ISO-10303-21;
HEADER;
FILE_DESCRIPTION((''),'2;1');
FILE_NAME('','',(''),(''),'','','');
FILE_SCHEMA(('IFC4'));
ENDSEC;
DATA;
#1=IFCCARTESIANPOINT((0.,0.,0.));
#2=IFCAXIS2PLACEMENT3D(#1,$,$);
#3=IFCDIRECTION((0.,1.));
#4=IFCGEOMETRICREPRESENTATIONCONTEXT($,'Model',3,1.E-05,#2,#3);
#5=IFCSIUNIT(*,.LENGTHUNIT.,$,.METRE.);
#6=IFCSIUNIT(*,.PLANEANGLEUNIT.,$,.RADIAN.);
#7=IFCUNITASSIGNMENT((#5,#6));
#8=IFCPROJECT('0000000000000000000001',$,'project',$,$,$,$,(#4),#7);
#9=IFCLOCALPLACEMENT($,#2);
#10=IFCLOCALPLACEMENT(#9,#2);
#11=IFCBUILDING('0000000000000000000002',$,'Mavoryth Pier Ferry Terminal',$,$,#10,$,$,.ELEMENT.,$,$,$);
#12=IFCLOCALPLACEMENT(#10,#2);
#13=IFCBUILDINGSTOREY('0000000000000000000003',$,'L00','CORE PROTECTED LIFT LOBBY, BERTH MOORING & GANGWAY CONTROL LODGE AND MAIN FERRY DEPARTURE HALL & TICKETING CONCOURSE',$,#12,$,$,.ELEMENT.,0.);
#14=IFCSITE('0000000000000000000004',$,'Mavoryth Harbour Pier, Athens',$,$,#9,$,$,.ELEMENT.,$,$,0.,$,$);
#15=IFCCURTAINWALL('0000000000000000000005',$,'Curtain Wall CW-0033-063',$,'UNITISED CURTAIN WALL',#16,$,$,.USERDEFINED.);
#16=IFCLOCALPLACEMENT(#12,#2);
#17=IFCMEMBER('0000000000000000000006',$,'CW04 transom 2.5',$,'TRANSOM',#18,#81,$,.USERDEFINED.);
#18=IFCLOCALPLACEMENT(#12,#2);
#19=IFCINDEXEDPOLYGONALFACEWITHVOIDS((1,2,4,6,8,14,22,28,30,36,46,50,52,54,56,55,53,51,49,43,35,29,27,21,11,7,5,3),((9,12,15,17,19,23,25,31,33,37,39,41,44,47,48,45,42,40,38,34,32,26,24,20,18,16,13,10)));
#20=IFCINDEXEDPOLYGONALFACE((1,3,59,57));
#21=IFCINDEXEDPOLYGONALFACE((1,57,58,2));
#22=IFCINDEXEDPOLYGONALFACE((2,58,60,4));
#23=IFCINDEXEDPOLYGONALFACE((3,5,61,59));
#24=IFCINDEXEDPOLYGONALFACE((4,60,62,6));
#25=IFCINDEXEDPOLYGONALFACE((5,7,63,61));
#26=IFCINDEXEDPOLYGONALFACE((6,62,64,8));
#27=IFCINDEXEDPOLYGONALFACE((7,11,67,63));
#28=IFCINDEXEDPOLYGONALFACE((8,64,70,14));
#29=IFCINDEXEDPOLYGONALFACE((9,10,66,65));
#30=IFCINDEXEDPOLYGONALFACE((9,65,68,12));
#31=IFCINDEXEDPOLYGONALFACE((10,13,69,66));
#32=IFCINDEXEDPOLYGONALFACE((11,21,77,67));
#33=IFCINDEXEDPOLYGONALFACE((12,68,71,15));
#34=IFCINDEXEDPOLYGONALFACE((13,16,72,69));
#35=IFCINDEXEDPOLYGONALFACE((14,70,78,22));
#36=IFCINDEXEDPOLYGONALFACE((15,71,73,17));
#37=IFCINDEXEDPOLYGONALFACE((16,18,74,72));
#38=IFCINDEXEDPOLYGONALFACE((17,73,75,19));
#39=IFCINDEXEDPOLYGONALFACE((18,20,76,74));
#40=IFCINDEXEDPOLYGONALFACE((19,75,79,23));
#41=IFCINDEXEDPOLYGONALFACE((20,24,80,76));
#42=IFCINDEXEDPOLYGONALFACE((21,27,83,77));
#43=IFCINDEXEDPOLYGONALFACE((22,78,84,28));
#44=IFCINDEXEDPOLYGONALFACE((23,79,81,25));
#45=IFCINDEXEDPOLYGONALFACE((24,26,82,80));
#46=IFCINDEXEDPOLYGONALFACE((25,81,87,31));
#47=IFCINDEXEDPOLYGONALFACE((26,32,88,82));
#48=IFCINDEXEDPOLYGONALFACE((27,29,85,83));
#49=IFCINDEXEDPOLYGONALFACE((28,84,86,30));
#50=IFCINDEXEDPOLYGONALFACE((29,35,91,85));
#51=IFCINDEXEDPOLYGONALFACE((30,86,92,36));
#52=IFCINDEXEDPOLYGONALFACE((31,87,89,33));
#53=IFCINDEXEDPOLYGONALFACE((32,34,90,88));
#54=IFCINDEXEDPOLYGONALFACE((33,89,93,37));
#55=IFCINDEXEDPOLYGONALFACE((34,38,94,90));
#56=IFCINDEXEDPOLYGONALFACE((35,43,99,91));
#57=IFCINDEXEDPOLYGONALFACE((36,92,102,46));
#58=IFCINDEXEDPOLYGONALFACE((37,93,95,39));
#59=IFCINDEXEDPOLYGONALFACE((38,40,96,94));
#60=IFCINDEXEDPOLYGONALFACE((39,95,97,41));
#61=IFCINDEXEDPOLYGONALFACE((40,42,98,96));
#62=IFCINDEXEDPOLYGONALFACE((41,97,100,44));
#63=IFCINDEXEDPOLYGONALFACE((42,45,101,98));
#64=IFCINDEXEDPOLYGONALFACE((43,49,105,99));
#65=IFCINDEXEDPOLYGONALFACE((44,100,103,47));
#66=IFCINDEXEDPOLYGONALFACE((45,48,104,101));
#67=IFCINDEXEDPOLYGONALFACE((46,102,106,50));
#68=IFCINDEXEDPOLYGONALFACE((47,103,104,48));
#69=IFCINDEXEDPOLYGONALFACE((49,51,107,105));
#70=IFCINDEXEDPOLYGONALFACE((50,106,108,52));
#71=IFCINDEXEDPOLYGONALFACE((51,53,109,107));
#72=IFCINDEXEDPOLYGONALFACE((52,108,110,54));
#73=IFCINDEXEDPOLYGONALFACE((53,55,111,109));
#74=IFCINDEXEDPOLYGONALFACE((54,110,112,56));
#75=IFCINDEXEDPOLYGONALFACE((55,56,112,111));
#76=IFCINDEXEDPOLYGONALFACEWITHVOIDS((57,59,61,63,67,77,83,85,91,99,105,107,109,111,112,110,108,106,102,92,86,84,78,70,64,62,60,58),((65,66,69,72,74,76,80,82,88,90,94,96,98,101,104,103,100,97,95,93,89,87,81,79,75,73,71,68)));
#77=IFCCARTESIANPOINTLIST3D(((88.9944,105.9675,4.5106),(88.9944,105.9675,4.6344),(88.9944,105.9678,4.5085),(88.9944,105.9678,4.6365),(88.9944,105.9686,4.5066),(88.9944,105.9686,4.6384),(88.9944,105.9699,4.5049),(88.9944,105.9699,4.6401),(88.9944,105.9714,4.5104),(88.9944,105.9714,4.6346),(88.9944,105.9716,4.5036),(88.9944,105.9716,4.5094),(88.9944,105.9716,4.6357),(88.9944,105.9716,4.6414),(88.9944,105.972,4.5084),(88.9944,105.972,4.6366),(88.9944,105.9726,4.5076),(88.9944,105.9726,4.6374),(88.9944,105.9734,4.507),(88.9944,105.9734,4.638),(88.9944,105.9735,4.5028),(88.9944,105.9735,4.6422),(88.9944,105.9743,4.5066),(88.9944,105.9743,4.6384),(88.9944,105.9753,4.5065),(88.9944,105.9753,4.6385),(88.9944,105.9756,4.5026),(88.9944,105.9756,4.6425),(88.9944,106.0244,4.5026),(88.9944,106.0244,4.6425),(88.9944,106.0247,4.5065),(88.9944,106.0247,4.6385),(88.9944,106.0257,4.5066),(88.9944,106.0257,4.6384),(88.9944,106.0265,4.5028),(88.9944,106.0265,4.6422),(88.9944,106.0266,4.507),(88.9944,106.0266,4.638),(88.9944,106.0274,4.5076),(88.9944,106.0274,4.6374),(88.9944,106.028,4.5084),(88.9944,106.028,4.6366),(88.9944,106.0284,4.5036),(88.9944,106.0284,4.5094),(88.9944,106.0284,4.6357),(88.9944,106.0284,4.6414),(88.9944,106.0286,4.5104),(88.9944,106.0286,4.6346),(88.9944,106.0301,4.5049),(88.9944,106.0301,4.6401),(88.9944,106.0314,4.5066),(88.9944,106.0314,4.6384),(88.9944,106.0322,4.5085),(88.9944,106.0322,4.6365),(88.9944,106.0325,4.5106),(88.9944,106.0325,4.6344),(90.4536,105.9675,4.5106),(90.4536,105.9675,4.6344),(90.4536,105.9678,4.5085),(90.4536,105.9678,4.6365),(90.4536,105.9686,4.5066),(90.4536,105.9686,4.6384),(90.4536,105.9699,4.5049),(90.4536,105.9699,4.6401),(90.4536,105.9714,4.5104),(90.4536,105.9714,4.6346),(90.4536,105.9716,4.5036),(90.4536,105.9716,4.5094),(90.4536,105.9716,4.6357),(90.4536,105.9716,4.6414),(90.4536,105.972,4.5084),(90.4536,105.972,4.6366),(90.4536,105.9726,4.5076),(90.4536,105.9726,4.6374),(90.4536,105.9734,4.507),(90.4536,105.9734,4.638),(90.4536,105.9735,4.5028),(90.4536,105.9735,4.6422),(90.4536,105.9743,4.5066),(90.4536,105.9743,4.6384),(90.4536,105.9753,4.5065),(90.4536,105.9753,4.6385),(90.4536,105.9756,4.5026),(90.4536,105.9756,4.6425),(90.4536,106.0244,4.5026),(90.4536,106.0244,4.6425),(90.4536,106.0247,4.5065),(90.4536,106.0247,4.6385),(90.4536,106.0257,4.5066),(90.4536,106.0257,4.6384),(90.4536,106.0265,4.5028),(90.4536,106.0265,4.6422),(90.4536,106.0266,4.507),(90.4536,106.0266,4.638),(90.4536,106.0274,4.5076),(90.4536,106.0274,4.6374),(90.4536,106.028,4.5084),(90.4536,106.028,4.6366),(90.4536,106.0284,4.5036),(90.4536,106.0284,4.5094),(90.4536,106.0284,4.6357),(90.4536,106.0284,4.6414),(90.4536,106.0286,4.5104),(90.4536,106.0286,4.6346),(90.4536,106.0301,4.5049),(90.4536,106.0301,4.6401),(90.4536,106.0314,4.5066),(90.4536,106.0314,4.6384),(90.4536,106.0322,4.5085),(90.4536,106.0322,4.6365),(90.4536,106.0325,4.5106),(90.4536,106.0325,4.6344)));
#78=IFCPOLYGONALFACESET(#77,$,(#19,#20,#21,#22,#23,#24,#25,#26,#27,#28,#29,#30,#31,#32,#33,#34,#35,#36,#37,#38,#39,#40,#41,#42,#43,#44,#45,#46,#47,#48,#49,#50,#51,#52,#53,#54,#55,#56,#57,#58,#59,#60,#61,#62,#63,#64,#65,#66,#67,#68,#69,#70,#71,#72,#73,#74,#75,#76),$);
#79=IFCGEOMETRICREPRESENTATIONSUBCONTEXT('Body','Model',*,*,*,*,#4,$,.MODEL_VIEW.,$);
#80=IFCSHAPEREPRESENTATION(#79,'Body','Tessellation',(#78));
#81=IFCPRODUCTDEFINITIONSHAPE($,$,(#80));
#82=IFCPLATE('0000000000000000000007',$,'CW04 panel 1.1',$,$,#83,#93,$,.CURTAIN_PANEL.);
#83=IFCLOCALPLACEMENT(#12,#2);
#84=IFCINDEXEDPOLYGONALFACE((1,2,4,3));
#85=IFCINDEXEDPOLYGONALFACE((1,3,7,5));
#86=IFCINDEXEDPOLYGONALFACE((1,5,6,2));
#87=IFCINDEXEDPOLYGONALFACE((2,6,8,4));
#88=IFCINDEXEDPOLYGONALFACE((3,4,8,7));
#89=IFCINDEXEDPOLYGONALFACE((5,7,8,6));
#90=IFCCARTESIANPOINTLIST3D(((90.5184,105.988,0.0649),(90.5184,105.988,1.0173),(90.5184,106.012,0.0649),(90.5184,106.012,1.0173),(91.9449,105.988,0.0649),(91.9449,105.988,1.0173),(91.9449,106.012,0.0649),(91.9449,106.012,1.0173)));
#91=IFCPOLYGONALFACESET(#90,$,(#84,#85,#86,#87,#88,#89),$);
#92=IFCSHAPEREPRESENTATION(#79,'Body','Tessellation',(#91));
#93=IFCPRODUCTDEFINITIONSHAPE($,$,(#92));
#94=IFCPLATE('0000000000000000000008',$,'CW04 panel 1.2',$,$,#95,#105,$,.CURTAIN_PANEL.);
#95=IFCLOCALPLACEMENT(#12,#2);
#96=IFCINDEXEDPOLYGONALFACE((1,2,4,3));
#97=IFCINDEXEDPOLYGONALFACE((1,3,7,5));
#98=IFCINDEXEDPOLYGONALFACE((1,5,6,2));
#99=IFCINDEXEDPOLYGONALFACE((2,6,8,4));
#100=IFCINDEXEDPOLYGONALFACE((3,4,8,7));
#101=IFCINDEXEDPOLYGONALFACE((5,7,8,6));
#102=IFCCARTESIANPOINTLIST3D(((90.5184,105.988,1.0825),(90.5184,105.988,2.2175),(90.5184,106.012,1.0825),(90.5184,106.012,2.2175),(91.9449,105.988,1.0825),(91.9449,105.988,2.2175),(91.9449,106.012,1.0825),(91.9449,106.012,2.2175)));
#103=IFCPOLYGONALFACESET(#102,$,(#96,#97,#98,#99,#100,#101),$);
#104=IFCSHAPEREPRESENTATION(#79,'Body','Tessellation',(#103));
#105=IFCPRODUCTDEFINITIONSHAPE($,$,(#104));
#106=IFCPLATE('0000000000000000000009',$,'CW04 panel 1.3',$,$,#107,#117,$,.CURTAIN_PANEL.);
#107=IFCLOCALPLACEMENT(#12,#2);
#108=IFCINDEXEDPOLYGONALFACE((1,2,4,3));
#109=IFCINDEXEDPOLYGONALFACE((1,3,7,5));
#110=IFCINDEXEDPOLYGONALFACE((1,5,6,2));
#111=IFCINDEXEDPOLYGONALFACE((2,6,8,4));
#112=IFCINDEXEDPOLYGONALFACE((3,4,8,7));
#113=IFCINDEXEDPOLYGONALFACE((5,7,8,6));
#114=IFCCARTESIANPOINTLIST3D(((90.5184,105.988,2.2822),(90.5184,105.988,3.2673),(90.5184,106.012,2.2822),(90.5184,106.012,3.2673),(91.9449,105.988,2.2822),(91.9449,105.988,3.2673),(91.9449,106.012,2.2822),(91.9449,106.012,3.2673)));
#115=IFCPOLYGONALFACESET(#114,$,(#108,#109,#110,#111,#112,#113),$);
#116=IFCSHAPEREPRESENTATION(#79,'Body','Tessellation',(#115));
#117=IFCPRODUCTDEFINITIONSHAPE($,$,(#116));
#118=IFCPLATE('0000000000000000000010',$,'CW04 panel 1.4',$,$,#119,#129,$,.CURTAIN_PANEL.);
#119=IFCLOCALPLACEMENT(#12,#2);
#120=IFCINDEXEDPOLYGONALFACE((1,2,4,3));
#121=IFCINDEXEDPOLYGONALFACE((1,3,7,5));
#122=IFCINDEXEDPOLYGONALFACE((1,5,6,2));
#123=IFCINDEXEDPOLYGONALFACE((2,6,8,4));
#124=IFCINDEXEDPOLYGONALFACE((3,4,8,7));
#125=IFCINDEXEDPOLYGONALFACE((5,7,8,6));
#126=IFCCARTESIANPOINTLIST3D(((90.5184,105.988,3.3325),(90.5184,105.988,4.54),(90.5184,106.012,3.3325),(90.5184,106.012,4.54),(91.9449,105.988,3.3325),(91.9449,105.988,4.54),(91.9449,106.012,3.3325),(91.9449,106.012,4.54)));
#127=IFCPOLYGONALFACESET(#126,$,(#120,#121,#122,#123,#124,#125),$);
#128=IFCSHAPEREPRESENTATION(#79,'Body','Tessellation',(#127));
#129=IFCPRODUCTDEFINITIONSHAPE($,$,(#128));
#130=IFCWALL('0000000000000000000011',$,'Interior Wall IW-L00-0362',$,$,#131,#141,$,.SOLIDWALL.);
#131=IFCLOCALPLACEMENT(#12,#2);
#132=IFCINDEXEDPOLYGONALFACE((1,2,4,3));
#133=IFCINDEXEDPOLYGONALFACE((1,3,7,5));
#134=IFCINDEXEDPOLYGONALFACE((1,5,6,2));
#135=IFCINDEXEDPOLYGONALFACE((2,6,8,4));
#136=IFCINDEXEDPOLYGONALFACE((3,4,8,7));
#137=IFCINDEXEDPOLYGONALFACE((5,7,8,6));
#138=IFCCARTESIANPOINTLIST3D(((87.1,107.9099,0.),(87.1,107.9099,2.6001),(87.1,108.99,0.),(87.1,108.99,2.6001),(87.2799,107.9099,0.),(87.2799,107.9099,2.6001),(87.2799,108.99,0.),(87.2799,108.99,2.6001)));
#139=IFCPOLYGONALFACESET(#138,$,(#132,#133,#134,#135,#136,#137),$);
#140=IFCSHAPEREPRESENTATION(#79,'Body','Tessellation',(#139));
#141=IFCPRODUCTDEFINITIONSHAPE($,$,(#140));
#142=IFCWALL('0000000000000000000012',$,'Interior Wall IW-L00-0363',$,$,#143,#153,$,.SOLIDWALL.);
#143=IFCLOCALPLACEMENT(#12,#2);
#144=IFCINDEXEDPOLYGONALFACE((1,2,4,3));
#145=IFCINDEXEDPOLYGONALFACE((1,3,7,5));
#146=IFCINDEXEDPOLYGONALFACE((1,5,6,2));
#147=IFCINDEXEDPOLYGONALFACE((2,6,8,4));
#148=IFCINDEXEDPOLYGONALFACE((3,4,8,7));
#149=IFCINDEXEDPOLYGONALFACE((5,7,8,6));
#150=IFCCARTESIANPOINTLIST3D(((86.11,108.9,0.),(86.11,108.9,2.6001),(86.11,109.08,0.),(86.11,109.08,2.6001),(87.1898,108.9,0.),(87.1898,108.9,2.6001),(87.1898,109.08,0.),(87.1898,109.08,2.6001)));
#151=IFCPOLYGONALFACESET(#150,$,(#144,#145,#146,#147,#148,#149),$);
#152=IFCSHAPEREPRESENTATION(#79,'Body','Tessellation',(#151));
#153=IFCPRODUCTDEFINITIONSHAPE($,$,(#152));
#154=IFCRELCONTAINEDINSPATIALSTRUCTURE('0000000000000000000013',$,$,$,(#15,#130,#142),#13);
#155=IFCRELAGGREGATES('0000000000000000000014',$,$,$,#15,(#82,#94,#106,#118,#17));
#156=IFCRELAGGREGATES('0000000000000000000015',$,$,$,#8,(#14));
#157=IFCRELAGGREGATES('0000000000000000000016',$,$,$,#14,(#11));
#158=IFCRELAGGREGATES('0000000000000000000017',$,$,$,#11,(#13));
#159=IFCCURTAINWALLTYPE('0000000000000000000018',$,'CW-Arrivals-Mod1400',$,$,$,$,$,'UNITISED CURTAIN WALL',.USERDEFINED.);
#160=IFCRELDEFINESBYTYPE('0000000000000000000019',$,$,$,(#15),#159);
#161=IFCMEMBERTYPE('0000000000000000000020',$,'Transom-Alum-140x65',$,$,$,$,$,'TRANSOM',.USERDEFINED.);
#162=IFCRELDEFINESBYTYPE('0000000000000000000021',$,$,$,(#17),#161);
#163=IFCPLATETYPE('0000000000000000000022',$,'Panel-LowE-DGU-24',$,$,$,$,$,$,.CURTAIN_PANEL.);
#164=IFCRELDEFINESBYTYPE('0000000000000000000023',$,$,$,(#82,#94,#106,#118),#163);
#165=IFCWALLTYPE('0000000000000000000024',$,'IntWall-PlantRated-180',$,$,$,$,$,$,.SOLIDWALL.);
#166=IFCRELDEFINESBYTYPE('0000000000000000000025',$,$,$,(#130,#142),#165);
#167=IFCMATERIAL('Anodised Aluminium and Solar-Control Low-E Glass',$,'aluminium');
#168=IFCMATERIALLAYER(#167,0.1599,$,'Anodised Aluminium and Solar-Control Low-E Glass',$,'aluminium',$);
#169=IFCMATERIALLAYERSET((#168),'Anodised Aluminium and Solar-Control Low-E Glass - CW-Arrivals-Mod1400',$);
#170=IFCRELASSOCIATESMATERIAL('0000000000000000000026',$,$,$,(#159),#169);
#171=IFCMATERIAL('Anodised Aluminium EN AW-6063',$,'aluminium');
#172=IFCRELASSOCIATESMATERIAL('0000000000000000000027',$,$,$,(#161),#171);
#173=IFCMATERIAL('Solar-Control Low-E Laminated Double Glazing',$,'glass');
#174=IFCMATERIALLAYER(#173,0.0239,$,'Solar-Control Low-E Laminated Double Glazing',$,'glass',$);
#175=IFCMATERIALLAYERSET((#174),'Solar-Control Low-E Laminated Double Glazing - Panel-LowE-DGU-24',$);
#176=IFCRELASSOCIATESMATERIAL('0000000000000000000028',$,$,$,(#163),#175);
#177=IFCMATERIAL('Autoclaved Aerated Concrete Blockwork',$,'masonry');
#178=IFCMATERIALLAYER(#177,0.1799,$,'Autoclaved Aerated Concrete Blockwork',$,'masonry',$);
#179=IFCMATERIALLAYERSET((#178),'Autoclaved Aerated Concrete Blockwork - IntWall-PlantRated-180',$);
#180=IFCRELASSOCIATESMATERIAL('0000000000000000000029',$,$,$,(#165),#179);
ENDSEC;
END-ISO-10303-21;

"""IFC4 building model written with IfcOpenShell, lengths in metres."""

from ifc_helpers import new_model, si_unit, direction, frame, frame_2d, origin, origin_2d, place, context, subcontext, project, spatial, rectangle, hollow_rectangle, extrude, material, layer, layer_set, material_profile, profile_set, type_object, element, aggregate, save


model = new_model("IFC4")

# Units and contexts
model_context = context("Model", 3, precision=1e-05, world=origin(), true_north=direction((0.0, 1.0)))
body_context = subcontext(model_context, "Body", "Model", "MODEL_VIEW")
ifc_project = project(units=[si_unit("LENGTHUNIT", "METRE"), si_unit("PLANEANGLEUNIT", "RADIAN")], contexts=[model_context])

# Site, building, storey
site_placement = place(None, origin())
site = spatial("IfcSite", under=ifc_project, at=site_placement, Name="Mavoryth Harbour Pier, Athens", CompositionType="ELEMENT", RefElevation=0.0)
building_placement = place(site_placement, origin())
building = spatial("IfcBuilding", under=site, at=building_placement, Name="Mavoryth Pier Ferry Terminal", CompositionType="ELEMENT")
storey_placement = place(building_placement, origin())
storey = spatial("IfcBuildingStorey", under=building, at=storey_placement, Name="L00", Description="CORE PROTECTED LIFT LOBBY, BERTH MOORING & GANGWAY CONTROL LODGE AND MAIN FERRY DEPARTURE HALL & TICKETING CONCOURSE", CompositionType="ELEMENT", Elevation=0.0)

# Curtain wall, member, plates
ifc_material_1 = material(Name="Anodised Aluminium and Solar-Control Low-E Glass", Category="aluminium")
ifc_layer_1 = layer(ifc_material_1, 0.1599, Name="Anodised Aluminium and Solar-Control Low-E Glass", Category="aluminium")
ifc_layer_set_1 = layer_set([ifc_layer_1], Name="Anodised Aluminium and Solar-Control Low-E Glass - CW-Arrivals-Mod1400")
curtain_wall_type = type_object("IfcCurtainWallType", Name="CW-Arrivals-Mod1400", ElementType="UNITISED CURTAIN WALL", PredefinedType="USERDEFINED", material=ifc_layer_set_1)
curtain_wall_placement = place(storey_placement, origin())
curtain_wall = element("IfcCurtainWall", 1, at=curtain_wall_placement, inside=storey, type_object=curtain_wall_type, Name="Curtain Wall CW-0033-063", ObjectType="UNITISED CURTAIN WALL", PredefinedType="USERDEFINED")
ifc_material_2 = material(Name="Anodised Aluminium EN AW-6063", Category="aluminium")
ifc_material_profile_1 = material_profile(ifc_material_2, hollow_rectangle(XDim=0.0649, YDim=0.1399, WallThickness=0.0039, InnerFilletRadius=0.0039, OuterFilletRadius=0.0081, at=origin_2d()), Name="AL-TRAN 140x65x4", Category="aluminium")
ifc_profile_set_1 = profile_set([ifc_material_profile_1], Name="Anodised Aluminium EN AW-6063 - AL-TRAN 140x65x4")
member_type_1 = type_object("IfcMemberType", Name="Transom-Alum-140x65", ElementType="TRANSOM", PredefinedType="USERDEFINED", material=ifc_profile_set_1)
member_1_placement = place(storey_placement, frame((90.4536, 106.0, 4.5725), z_axis=(-1.0, 0.0, 0.0), x_axis=(0.0, -1.0, 0.0)))
member_1 = element("IfcMember", 2, at=member_1_placement, type_object=member_type_1, Name="CW04 transom 2.5", ObjectType="TRANSOM", PredefinedType="USERDEFINED", context=body_context, shape_type="SweptSolid", body=[
    extrude(hollow_rectangle(XDim=0.0649, YDim=0.1399, WallThickness=0.0039, InnerFilletRadius=0.0039, OuterFilletRadius=0.0081, at=origin_2d()), origin(), (0.0, 0.0, 1.0), 1.4592),
])
ifc_material_3 = material(Name="Solar-Control Low-E Laminated Double Glazing", Category="glass")
ifc_layer_2 = layer(ifc_material_3, 0.0239, Name="Solar-Control Low-E Laminated Double Glazing", Category="glass")
ifc_layer_set_2 = layer_set([ifc_layer_2], Name="Solar-Control Low-E Laminated Double Glazing - Panel-LowE-DGU-24")
plate_type = type_object("IfcPlateType", Name="Panel-LowE-DGU-24", PredefinedType="CURTAIN_PANEL", material=ifc_layer_set_2)
plate_1_placement = place(storey_placement, frame((91.2317, 106.0, 0.0649), z_axis=(0.0, 0.0, 1.0), x_axis=(-1.0, 0.0, 0.0)))
plate_1 = element("IfcPlate", 3, at=plate_1_placement, type_object=plate_type, Name="CW04 panel 1.1", PredefinedType="CURTAIN_PANEL", context=body_context, shape_type="SweptSolid", body=[
    extrude(rectangle(XDim=1.4265, YDim=0.0239, at=origin_2d()), origin(), (0.0, 0.0, 1.0), 0.9524),
])
plate_2_placement = place(storey_placement, frame((91.2317, 106.0, 1.0825), z_axis=(0.0, 0.0, 1.0), x_axis=(-1.0, 0.0, 0.0)))
plate_2 = element("IfcPlate", 4, at=plate_2_placement, type_object=plate_type, Name="CW04 panel 1.2", PredefinedType="CURTAIN_PANEL", context=body_context, shape_type="SweptSolid", body=[
    extrude(rectangle(XDim=1.4265, YDim=0.0239, at=origin_2d()), origin(), (0.0, 0.0, 1.0), 1.135),
])
plate_3_placement = place(storey_placement, frame((91.2317, 106.0, 2.2822), z_axis=(0.0, 0.0, 1.0), x_axis=(-1.0, 0.0, 0.0)))
plate_3 = element("IfcPlate", 5, at=plate_3_placement, type_object=plate_type, Name="CW04 panel 1.3", PredefinedType="CURTAIN_PANEL", context=body_context, shape_type="SweptSolid", body=[
    extrude(rectangle(XDim=1.4265, YDim=0.0239, at=origin_2d()), origin(), (0.0, 0.0, 1.0), 0.9851),
])
plate_4_placement = place(storey_placement, frame((91.2317, 106.0, 3.3325), z_axis=(0.0, 0.0, 1.0), x_axis=(-1.0, 0.0, 0.0)))
plate_4 = element("IfcPlate", 6, at=plate_4_placement, type_object=plate_type, Name="CW04 panel 1.4", PredefinedType="CURTAIN_PANEL", context=body_context, shape_type="SweptSolid", body=[
    extrude(rectangle(XDim=1.4265, YDim=0.0239, at=origin_2d()), origin(), (0.0, 0.0, 1.0), 1.2075),
])
aggregate(curtain_wall, [plate_1, plate_2, plate_3, plate_4, member_1])

# Walls
ifc_material_4 = material(Name="Autoclaved Aerated Concrete Blockwork", Category="masonry")
ifc_layer_3 = layer(ifc_material_4, 0.1799, Name="Autoclaved Aerated Concrete Blockwork", Category="masonry")
ifc_layer_set_3 = layer_set([ifc_layer_3], Name="Autoclaved Aerated Concrete Blockwork - IntWall-PlantRated-180")
wall_type = type_object("IfcWallType", Name="IntWall-PlantRated-180", PredefinedType="SOLIDWALL", material=ifc_layer_set_3)
wall_1_placement = place(storey_placement, frame((87.1899, 107.9099, 0.0), z_axis=(0.0, 0.0, 1.0), x_axis=(0.0, 1.0, 0.0)))
element("IfcWall", 7, at=wall_1_placement, inside=storey, type_object=wall_type, Name="Interior Wall IW-L00-0362", PredefinedType="SOLIDWALL", context=body_context, shape_type="SweptSolid", body=[
    extrude(rectangle(XDim=1.0801, YDim=0.1799, at=frame_2d((0.54, 0.0))), origin(), (0.0, 0.0, 1.0), 2.6001),
])
wall_2_placement = place(storey_placement, frame((87.1899, 108.99, 0.0), z_axis=(0.0, 0.0, 1.0), x_axis=(-1.0, 0.0, 0.0)))
element("IfcWall", 8, at=wall_2_placement, inside=storey, type_object=wall_type, Name="Interior Wall IW-L00-0363", PredefinedType="SOLIDWALL", context=body_context, shape_type="SweptSolid", body=[
    extrude(rectangle(XDim=1.0798, YDim=0.1799, at=frame_2d((0.54, 0.0))), origin(), (0.0, 0.0, 1.0), 2.6001),
])

save(model, "model.ifc")
